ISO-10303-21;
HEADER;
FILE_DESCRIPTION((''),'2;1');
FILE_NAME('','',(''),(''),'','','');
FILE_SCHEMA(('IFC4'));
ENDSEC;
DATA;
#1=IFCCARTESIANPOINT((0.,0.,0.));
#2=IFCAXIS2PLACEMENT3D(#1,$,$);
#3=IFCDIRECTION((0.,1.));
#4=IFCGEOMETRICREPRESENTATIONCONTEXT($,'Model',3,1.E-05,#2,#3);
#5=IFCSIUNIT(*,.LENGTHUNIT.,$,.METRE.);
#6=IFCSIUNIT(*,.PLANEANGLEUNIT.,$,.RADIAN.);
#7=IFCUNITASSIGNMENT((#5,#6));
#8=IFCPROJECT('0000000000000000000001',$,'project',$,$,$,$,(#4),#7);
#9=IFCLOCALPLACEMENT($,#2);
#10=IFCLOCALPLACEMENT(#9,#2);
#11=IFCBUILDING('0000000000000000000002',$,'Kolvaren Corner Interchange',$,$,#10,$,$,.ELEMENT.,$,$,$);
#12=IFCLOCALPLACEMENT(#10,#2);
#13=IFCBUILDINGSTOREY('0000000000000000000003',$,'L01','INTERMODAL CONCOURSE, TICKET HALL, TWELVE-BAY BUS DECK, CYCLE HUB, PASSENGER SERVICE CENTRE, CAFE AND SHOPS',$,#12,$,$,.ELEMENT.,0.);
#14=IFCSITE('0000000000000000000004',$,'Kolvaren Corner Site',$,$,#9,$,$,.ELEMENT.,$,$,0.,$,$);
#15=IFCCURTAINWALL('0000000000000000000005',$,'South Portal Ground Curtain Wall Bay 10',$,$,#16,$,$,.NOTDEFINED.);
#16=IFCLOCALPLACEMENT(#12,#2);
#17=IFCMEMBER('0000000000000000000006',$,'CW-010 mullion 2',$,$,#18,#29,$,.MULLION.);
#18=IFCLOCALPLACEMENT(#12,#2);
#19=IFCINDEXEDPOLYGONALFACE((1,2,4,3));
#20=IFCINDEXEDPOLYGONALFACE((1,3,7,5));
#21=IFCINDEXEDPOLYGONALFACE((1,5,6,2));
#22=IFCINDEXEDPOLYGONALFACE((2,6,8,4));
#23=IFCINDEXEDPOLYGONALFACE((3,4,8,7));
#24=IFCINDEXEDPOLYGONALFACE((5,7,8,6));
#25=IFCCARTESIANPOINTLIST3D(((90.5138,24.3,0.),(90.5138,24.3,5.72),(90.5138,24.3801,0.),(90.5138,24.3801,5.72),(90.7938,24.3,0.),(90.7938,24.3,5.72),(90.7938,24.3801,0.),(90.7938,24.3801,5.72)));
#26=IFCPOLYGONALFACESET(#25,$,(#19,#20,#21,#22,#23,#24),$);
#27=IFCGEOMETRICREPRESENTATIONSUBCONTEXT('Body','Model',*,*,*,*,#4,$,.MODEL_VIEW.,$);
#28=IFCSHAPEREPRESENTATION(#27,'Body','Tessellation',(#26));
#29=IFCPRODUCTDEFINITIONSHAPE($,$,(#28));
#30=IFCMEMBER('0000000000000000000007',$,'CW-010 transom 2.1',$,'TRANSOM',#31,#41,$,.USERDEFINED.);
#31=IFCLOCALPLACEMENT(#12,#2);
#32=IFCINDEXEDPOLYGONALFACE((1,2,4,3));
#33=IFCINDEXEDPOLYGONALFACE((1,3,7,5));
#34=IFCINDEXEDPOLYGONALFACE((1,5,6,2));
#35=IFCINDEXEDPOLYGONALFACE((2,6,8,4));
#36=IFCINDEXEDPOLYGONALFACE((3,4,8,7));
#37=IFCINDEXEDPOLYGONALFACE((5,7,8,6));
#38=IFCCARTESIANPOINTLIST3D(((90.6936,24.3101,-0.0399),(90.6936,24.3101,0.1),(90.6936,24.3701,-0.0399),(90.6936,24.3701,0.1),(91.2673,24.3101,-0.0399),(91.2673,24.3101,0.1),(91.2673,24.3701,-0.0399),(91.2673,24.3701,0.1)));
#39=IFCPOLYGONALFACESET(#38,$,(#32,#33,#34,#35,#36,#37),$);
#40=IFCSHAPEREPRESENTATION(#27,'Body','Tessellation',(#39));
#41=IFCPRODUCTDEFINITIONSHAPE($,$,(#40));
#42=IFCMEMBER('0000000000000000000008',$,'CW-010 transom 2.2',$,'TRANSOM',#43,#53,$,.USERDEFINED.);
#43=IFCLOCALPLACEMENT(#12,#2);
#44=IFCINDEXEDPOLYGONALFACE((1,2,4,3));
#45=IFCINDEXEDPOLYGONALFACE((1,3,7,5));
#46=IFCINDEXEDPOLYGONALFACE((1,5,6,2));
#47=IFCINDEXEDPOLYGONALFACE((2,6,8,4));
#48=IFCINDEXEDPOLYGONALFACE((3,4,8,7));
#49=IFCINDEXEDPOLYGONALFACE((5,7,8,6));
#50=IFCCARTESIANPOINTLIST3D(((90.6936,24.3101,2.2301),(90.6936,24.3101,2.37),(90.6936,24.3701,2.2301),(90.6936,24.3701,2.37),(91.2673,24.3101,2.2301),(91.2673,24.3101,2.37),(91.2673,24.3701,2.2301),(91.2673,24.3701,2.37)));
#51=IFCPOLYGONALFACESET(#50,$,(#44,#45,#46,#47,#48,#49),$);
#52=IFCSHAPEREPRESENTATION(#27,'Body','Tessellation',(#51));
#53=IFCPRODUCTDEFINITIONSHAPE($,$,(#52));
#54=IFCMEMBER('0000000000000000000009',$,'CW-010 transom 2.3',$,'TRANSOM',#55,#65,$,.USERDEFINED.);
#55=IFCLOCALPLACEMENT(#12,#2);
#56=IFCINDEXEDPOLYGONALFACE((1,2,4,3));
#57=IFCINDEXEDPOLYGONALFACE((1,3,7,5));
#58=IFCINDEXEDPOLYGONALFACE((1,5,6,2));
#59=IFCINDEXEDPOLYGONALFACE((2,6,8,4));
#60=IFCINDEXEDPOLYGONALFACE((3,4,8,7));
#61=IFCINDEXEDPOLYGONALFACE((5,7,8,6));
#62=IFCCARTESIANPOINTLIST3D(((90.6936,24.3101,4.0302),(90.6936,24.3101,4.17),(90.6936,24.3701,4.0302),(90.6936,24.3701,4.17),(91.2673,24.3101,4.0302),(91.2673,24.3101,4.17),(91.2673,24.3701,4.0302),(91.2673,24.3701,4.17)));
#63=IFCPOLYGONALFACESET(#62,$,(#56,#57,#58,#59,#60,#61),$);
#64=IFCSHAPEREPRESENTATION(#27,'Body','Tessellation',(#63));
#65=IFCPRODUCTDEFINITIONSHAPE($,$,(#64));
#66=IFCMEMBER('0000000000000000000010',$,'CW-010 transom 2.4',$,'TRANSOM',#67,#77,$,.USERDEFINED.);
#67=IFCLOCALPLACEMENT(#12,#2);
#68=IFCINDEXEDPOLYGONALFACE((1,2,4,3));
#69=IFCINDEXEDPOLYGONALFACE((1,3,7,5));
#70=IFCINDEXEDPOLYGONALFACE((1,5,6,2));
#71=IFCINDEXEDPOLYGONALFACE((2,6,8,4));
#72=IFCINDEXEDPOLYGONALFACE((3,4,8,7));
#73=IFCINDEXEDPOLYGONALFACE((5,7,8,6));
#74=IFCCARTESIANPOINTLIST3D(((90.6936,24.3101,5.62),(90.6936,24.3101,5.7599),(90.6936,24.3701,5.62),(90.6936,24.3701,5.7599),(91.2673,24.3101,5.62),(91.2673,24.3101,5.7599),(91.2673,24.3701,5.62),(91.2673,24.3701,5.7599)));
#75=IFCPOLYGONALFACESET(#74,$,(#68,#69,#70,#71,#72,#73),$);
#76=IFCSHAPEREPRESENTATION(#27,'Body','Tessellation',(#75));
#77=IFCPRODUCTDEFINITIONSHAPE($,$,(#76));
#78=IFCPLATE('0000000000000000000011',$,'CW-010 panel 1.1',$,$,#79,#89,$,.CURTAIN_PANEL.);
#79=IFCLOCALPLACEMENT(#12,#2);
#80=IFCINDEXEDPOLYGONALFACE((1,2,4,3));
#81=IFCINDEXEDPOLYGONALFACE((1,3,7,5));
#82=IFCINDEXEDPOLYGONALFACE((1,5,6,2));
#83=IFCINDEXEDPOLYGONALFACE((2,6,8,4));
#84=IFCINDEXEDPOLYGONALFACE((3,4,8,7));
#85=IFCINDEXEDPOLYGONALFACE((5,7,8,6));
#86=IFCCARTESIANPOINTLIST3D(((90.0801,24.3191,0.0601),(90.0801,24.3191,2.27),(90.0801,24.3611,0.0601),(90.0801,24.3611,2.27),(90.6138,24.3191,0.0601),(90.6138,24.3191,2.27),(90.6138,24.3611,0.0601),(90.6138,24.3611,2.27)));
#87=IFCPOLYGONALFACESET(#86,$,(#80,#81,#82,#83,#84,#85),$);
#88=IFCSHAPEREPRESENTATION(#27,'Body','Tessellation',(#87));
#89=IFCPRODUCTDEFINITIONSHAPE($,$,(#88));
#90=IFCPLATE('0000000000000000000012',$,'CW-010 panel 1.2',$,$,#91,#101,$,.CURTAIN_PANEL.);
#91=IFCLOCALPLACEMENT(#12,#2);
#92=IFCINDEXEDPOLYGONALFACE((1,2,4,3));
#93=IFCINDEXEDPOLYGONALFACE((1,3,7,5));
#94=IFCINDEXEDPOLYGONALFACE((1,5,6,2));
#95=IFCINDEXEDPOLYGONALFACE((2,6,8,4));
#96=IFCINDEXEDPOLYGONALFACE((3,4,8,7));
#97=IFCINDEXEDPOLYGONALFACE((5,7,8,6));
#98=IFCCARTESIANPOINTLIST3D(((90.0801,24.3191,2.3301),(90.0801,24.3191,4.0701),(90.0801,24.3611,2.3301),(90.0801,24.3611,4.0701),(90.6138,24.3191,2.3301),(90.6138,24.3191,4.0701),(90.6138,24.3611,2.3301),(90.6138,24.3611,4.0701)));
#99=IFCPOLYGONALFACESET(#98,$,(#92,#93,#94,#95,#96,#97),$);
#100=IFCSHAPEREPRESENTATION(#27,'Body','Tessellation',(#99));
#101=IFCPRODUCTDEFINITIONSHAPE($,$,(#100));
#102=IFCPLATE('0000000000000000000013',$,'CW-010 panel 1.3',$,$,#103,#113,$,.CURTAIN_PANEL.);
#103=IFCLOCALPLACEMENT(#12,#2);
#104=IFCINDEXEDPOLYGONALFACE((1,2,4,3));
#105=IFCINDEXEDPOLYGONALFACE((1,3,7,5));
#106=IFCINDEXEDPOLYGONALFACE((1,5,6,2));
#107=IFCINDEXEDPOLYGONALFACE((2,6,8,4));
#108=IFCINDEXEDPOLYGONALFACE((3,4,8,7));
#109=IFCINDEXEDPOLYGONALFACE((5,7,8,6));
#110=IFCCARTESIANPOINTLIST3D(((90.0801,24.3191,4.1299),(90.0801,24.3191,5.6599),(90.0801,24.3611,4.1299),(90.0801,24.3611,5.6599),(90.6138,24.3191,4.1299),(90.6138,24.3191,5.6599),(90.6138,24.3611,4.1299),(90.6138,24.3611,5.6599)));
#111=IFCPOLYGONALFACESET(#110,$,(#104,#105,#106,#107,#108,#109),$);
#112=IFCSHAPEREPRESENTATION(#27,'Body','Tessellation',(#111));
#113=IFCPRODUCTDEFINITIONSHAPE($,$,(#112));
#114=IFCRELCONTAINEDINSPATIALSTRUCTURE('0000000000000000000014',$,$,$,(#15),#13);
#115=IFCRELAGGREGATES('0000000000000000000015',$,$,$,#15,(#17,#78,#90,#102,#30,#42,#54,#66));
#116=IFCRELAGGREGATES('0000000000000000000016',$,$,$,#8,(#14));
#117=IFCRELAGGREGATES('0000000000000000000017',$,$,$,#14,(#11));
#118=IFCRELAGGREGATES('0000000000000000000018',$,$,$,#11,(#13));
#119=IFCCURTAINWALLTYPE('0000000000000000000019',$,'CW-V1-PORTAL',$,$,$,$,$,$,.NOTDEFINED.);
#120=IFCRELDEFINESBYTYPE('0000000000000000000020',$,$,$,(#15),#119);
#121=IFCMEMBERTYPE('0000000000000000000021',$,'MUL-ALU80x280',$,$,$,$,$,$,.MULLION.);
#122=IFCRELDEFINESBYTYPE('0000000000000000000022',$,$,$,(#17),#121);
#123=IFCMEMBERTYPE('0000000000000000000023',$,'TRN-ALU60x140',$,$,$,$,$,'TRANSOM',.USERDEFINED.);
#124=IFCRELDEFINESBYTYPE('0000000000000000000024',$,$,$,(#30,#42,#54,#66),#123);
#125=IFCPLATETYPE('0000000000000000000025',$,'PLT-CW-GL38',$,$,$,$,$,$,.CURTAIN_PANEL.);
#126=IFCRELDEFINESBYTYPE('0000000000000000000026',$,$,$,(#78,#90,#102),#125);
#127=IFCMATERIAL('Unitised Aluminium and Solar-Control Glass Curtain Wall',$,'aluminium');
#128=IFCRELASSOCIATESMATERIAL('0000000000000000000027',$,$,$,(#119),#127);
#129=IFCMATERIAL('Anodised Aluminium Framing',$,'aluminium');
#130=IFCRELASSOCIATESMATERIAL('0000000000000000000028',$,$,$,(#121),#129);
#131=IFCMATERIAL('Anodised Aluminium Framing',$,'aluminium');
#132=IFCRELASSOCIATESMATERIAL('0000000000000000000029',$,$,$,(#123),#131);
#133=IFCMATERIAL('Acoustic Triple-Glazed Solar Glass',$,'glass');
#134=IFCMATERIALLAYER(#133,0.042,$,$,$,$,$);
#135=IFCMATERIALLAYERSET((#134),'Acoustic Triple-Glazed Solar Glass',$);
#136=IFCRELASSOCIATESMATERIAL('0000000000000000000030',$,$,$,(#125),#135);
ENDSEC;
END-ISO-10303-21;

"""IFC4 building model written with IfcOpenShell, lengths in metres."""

from ifc_helpers import new_model, si_unit, direction, frame, origin, origin_2d, place, context, subcontext, project, spatial, rectangle, extrude, material, layer, layer_set, material_profile, profile_set, type_object, element, aggregate, save


model = new_model("IFC4")

# Units and contexts
model_context = context("Model", 3, precision=1e-05, world=origin(), true_north=direction((0.0, 1.0)))
body_context = subcontext(model_context, "Body", "Model", "MODEL_VIEW")
ifc_project = project(units=[si_unit("LENGTHUNIT", "METRE"), si_unit("PLANEANGLEUNIT", "RADIAN")], contexts=[model_context])

# Site, building, storey
site_placement = place(None, origin())
site = spatial("IfcSite", under=ifc_project, at=site_placement, Name="Kolvaren Corner Site", CompositionType="ELEMENT", RefElevation=0.0)
building_placement = place(site_placement, origin())
building = spatial("IfcBuilding", under=site, at=building_placement, Name="Kolvaren Corner Interchange", CompositionType="ELEMENT")
storey_placement = place(building_placement, origin())
storey = spatial("IfcBuildingStorey", under=building, at=storey_placement, Name="L01", Description="INTERMODAL CONCOURSE, TICKET HALL, TWELVE-BAY BUS DECK, CYCLE HUB, PASSENGER SERVICE CENTRE, CAFE AND SHOPS", CompositionType="ELEMENT", Elevation=0.0)

# Curtain wall, members, plates
ifc_material_1 = material(Name="Unitised Aluminium and Solar-Control Glass Curtain Wall", Category="aluminium")
curtain_wall_type = type_object("IfcCurtainWallType", Name="CW-V1-PORTAL", PredefinedType="NOTDEFINED", material=ifc_material_1)
curtain_wall_placement = place(storey_placement, origin())
curtain_wall = element("IfcCurtainWall", 1, at=curtain_wall_placement, inside=storey, type_object=curtain_wall_type, Name="South Portal Ground Curtain Wall Bay 10", PredefinedType="NOTDEFINED")
ifc_material_2 = material(Name="Anodised Aluminium Framing", Category="aluminium")
ifc_material_profile_1 = material_profile(ifc_material_2, rectangle(XDim=0.0801, YDim=0.28, at=origin_2d()), Name="ALU 80x280")
ifc_profile_set_1 = profile_set([ifc_material_profile_1], Name="Anodised Aluminium Framing")
member_type_1 = type_object("IfcMemberType", Name="MUL-ALU80x280", PredefinedType="MULLION", material=ifc_profile_set_1)
member_1_placement = place(storey_placement, frame((90.6538, 24.3401, 0.0), z_axis=(0.0, 0.0, 1.0), x_axis=(0.0, 1.0, 0.0)))
member_1 = element("IfcMember", 2, at=member_1_placement, type_object=member_type_1, Name="CW-010 mullion 2", PredefinedType="MULLION", context=body_context, shape_type="SweptSolid", body=[
    extrude(rectangle(XDim=0.0801, YDim=0.28, at=origin_2d()), origin(), (0.0, 0.0, 1.0), 5.72),
])
ifc_material_3 = material(Name="Anodised Aluminium Framing", Category="aluminium")
ifc_material_profile_2 = material_profile(ifc_material_3, rectangle(XDim=0.0601, YDim=0.1399, at=origin_2d()), Name="ALU 60x140")
ifc_profile_set_2 = profile_set([ifc_material_profile_2], Name="Anodised Aluminium Framing")
member_type_2 = type_object("IfcMemberType", Name="TRN-ALU60x140", ElementType="TRANSOM", PredefinedType="USERDEFINED", material=ifc_profile_set_2)
member_2_placement = place(storey_placement, frame((90.6936, 24.3401, 0.03), z_axis=(1.0, 0.0, 0.0), x_axis=(0.0, 1.0, 0.0)))
member_2 = element("IfcMember", 3, at=member_2_placement, type_object=member_type_2, Name="CW-010 transom 2.1", ObjectType="TRANSOM", PredefinedType="USERDEFINED", context=body_context, shape_type="SweptSolid", body=[
    extrude(rectangle(XDim=0.0601, YDim=0.1399, at=origin_2d()), origin(), (0.0, 0.0, 1.0), 0.5737),
])
member_3_placement = place(storey_placement, frame((90.6936, 24.3401, 2.3), z_axis=(1.0, 0.0, 0.0), x_axis=(0.0, 1.0, 0.0)))
member_3 = element("IfcMember", 4, at=member_3_placement, type_object=member_type_2, Name="CW-010 transom 2.2", ObjectType="TRANSOM", PredefinedType="USERDEFINED", context=body_context, shape_type="SweptSolid", body=[
    extrude(rectangle(XDim=0.0601, YDim=0.1399, at=origin_2d()), origin(), (0.0, 0.0, 1.0), 0.5737),
])
member_4_placement = place(storey_placement, frame((90.6936, 24.3401, 4.1001), z_axis=(1.0, 0.0, 0.0), x_axis=(0.0, 1.0, 0.0)))
member_4 = element("IfcMember", 5, at=member_4_placement, type_object=member_type_2, Name="CW-010 transom 2.3", ObjectType="TRANSOM", PredefinedType="USERDEFINED", context=body_context, shape_type="SweptSolid", body=[
    extrude(rectangle(XDim=0.0601, YDim=0.1399, at=origin_2d()), origin(), (0.0, 0.0, 1.0), 0.5737),
])
member_5_placement = place(storey_placement, frame((90.6936, 24.3401, 5.6899), z_axis=(1.0, 0.0, 0.0), x_axis=(0.0, 1.0, 0.0)))
member_5 = element("IfcMember", 6, at=member_5_placement, type_object=member_type_2, Name="CW-010 transom 2.4", ObjectType="TRANSOM", PredefinedType="USERDEFINED", context=body_context, shape_type="SweptSolid", body=[
    extrude(rectangle(XDim=0.0601, YDim=0.1399, at=origin_2d()), origin(), (0.0, 0.0, 1.0), 0.5737),
])
ifc_material_4 = material(Name="Acoustic Triple-Glazed Solar Glass", Category="glass")
ifc_layer = layer(ifc_material_4, 0.042)
ifc_layer_set = layer_set([ifc_layer], Name="Acoustic Triple-Glazed Solar Glass")
plate_type = type_object("IfcPlateType", Name="PLT-CW-GL38", PredefinedType="CURTAIN_PANEL", material=ifc_layer_set)
plate_1_placement = place(storey_placement, frame((90.3469, 24.3401, 0.0601), z_axis=(0.0, 0.0, 1.0), x_axis=(1.0, 0.0, 0.0)))
plate_1 = element("IfcPlate", 7, at=plate_1_placement, type_object=plate_type, Name="CW-010 panel 1.1", PredefinedType="CURTAIN_PANEL", context=body_context, shape_type="SweptSolid", body=[
    extrude(rectangle(XDim=0.5337, YDim=0.042, at=origin_2d()), origin(), (0.0, 0.0, 1.0), 2.21),
])
plate_2_placement = place(storey_placement, frame((90.3469, 24.3401, 2.3301), z_axis=(0.0, 0.0, 1.0), x_axis=(1.0, 0.0, 0.0)))
plate_2 = element("IfcPlate", 8, at=plate_2_placement, type_object=plate_type, Name="CW-010 panel 1.2", PredefinedType="CURTAIN_PANEL", context=body_context, shape_type="SweptSolid", body=[
    extrude(rectangle(XDim=0.5337, YDim=0.042, at=origin_2d()), origin(), (0.0, 0.0, 1.0), 1.74),
])
plate_3_placement = place(storey_placement, frame((90.3469, 24.3401, 4.1299), z_axis=(0.0, 0.0, 1.0), x_axis=(1.0, 0.0, 0.0)))
plate_3 = element("IfcPlate", 9, at=plate_3_placement, type_object=plate_type, Name="CW-010 panel 1.3", PredefinedType="CURTAIN_PANEL", context=body_context, shape_type="SweptSolid", body=[
    extrude(rectangle(XDim=0.5337, YDim=0.042, at=origin_2d()), origin(), (0.0, 0.0, 1.0), 1.53),
])
aggregate(curtain_wall, [member_1, plate_1, plate_2, plate_3, member_2, member_3, member_4, member_5])

save(model, "model.ifc")
